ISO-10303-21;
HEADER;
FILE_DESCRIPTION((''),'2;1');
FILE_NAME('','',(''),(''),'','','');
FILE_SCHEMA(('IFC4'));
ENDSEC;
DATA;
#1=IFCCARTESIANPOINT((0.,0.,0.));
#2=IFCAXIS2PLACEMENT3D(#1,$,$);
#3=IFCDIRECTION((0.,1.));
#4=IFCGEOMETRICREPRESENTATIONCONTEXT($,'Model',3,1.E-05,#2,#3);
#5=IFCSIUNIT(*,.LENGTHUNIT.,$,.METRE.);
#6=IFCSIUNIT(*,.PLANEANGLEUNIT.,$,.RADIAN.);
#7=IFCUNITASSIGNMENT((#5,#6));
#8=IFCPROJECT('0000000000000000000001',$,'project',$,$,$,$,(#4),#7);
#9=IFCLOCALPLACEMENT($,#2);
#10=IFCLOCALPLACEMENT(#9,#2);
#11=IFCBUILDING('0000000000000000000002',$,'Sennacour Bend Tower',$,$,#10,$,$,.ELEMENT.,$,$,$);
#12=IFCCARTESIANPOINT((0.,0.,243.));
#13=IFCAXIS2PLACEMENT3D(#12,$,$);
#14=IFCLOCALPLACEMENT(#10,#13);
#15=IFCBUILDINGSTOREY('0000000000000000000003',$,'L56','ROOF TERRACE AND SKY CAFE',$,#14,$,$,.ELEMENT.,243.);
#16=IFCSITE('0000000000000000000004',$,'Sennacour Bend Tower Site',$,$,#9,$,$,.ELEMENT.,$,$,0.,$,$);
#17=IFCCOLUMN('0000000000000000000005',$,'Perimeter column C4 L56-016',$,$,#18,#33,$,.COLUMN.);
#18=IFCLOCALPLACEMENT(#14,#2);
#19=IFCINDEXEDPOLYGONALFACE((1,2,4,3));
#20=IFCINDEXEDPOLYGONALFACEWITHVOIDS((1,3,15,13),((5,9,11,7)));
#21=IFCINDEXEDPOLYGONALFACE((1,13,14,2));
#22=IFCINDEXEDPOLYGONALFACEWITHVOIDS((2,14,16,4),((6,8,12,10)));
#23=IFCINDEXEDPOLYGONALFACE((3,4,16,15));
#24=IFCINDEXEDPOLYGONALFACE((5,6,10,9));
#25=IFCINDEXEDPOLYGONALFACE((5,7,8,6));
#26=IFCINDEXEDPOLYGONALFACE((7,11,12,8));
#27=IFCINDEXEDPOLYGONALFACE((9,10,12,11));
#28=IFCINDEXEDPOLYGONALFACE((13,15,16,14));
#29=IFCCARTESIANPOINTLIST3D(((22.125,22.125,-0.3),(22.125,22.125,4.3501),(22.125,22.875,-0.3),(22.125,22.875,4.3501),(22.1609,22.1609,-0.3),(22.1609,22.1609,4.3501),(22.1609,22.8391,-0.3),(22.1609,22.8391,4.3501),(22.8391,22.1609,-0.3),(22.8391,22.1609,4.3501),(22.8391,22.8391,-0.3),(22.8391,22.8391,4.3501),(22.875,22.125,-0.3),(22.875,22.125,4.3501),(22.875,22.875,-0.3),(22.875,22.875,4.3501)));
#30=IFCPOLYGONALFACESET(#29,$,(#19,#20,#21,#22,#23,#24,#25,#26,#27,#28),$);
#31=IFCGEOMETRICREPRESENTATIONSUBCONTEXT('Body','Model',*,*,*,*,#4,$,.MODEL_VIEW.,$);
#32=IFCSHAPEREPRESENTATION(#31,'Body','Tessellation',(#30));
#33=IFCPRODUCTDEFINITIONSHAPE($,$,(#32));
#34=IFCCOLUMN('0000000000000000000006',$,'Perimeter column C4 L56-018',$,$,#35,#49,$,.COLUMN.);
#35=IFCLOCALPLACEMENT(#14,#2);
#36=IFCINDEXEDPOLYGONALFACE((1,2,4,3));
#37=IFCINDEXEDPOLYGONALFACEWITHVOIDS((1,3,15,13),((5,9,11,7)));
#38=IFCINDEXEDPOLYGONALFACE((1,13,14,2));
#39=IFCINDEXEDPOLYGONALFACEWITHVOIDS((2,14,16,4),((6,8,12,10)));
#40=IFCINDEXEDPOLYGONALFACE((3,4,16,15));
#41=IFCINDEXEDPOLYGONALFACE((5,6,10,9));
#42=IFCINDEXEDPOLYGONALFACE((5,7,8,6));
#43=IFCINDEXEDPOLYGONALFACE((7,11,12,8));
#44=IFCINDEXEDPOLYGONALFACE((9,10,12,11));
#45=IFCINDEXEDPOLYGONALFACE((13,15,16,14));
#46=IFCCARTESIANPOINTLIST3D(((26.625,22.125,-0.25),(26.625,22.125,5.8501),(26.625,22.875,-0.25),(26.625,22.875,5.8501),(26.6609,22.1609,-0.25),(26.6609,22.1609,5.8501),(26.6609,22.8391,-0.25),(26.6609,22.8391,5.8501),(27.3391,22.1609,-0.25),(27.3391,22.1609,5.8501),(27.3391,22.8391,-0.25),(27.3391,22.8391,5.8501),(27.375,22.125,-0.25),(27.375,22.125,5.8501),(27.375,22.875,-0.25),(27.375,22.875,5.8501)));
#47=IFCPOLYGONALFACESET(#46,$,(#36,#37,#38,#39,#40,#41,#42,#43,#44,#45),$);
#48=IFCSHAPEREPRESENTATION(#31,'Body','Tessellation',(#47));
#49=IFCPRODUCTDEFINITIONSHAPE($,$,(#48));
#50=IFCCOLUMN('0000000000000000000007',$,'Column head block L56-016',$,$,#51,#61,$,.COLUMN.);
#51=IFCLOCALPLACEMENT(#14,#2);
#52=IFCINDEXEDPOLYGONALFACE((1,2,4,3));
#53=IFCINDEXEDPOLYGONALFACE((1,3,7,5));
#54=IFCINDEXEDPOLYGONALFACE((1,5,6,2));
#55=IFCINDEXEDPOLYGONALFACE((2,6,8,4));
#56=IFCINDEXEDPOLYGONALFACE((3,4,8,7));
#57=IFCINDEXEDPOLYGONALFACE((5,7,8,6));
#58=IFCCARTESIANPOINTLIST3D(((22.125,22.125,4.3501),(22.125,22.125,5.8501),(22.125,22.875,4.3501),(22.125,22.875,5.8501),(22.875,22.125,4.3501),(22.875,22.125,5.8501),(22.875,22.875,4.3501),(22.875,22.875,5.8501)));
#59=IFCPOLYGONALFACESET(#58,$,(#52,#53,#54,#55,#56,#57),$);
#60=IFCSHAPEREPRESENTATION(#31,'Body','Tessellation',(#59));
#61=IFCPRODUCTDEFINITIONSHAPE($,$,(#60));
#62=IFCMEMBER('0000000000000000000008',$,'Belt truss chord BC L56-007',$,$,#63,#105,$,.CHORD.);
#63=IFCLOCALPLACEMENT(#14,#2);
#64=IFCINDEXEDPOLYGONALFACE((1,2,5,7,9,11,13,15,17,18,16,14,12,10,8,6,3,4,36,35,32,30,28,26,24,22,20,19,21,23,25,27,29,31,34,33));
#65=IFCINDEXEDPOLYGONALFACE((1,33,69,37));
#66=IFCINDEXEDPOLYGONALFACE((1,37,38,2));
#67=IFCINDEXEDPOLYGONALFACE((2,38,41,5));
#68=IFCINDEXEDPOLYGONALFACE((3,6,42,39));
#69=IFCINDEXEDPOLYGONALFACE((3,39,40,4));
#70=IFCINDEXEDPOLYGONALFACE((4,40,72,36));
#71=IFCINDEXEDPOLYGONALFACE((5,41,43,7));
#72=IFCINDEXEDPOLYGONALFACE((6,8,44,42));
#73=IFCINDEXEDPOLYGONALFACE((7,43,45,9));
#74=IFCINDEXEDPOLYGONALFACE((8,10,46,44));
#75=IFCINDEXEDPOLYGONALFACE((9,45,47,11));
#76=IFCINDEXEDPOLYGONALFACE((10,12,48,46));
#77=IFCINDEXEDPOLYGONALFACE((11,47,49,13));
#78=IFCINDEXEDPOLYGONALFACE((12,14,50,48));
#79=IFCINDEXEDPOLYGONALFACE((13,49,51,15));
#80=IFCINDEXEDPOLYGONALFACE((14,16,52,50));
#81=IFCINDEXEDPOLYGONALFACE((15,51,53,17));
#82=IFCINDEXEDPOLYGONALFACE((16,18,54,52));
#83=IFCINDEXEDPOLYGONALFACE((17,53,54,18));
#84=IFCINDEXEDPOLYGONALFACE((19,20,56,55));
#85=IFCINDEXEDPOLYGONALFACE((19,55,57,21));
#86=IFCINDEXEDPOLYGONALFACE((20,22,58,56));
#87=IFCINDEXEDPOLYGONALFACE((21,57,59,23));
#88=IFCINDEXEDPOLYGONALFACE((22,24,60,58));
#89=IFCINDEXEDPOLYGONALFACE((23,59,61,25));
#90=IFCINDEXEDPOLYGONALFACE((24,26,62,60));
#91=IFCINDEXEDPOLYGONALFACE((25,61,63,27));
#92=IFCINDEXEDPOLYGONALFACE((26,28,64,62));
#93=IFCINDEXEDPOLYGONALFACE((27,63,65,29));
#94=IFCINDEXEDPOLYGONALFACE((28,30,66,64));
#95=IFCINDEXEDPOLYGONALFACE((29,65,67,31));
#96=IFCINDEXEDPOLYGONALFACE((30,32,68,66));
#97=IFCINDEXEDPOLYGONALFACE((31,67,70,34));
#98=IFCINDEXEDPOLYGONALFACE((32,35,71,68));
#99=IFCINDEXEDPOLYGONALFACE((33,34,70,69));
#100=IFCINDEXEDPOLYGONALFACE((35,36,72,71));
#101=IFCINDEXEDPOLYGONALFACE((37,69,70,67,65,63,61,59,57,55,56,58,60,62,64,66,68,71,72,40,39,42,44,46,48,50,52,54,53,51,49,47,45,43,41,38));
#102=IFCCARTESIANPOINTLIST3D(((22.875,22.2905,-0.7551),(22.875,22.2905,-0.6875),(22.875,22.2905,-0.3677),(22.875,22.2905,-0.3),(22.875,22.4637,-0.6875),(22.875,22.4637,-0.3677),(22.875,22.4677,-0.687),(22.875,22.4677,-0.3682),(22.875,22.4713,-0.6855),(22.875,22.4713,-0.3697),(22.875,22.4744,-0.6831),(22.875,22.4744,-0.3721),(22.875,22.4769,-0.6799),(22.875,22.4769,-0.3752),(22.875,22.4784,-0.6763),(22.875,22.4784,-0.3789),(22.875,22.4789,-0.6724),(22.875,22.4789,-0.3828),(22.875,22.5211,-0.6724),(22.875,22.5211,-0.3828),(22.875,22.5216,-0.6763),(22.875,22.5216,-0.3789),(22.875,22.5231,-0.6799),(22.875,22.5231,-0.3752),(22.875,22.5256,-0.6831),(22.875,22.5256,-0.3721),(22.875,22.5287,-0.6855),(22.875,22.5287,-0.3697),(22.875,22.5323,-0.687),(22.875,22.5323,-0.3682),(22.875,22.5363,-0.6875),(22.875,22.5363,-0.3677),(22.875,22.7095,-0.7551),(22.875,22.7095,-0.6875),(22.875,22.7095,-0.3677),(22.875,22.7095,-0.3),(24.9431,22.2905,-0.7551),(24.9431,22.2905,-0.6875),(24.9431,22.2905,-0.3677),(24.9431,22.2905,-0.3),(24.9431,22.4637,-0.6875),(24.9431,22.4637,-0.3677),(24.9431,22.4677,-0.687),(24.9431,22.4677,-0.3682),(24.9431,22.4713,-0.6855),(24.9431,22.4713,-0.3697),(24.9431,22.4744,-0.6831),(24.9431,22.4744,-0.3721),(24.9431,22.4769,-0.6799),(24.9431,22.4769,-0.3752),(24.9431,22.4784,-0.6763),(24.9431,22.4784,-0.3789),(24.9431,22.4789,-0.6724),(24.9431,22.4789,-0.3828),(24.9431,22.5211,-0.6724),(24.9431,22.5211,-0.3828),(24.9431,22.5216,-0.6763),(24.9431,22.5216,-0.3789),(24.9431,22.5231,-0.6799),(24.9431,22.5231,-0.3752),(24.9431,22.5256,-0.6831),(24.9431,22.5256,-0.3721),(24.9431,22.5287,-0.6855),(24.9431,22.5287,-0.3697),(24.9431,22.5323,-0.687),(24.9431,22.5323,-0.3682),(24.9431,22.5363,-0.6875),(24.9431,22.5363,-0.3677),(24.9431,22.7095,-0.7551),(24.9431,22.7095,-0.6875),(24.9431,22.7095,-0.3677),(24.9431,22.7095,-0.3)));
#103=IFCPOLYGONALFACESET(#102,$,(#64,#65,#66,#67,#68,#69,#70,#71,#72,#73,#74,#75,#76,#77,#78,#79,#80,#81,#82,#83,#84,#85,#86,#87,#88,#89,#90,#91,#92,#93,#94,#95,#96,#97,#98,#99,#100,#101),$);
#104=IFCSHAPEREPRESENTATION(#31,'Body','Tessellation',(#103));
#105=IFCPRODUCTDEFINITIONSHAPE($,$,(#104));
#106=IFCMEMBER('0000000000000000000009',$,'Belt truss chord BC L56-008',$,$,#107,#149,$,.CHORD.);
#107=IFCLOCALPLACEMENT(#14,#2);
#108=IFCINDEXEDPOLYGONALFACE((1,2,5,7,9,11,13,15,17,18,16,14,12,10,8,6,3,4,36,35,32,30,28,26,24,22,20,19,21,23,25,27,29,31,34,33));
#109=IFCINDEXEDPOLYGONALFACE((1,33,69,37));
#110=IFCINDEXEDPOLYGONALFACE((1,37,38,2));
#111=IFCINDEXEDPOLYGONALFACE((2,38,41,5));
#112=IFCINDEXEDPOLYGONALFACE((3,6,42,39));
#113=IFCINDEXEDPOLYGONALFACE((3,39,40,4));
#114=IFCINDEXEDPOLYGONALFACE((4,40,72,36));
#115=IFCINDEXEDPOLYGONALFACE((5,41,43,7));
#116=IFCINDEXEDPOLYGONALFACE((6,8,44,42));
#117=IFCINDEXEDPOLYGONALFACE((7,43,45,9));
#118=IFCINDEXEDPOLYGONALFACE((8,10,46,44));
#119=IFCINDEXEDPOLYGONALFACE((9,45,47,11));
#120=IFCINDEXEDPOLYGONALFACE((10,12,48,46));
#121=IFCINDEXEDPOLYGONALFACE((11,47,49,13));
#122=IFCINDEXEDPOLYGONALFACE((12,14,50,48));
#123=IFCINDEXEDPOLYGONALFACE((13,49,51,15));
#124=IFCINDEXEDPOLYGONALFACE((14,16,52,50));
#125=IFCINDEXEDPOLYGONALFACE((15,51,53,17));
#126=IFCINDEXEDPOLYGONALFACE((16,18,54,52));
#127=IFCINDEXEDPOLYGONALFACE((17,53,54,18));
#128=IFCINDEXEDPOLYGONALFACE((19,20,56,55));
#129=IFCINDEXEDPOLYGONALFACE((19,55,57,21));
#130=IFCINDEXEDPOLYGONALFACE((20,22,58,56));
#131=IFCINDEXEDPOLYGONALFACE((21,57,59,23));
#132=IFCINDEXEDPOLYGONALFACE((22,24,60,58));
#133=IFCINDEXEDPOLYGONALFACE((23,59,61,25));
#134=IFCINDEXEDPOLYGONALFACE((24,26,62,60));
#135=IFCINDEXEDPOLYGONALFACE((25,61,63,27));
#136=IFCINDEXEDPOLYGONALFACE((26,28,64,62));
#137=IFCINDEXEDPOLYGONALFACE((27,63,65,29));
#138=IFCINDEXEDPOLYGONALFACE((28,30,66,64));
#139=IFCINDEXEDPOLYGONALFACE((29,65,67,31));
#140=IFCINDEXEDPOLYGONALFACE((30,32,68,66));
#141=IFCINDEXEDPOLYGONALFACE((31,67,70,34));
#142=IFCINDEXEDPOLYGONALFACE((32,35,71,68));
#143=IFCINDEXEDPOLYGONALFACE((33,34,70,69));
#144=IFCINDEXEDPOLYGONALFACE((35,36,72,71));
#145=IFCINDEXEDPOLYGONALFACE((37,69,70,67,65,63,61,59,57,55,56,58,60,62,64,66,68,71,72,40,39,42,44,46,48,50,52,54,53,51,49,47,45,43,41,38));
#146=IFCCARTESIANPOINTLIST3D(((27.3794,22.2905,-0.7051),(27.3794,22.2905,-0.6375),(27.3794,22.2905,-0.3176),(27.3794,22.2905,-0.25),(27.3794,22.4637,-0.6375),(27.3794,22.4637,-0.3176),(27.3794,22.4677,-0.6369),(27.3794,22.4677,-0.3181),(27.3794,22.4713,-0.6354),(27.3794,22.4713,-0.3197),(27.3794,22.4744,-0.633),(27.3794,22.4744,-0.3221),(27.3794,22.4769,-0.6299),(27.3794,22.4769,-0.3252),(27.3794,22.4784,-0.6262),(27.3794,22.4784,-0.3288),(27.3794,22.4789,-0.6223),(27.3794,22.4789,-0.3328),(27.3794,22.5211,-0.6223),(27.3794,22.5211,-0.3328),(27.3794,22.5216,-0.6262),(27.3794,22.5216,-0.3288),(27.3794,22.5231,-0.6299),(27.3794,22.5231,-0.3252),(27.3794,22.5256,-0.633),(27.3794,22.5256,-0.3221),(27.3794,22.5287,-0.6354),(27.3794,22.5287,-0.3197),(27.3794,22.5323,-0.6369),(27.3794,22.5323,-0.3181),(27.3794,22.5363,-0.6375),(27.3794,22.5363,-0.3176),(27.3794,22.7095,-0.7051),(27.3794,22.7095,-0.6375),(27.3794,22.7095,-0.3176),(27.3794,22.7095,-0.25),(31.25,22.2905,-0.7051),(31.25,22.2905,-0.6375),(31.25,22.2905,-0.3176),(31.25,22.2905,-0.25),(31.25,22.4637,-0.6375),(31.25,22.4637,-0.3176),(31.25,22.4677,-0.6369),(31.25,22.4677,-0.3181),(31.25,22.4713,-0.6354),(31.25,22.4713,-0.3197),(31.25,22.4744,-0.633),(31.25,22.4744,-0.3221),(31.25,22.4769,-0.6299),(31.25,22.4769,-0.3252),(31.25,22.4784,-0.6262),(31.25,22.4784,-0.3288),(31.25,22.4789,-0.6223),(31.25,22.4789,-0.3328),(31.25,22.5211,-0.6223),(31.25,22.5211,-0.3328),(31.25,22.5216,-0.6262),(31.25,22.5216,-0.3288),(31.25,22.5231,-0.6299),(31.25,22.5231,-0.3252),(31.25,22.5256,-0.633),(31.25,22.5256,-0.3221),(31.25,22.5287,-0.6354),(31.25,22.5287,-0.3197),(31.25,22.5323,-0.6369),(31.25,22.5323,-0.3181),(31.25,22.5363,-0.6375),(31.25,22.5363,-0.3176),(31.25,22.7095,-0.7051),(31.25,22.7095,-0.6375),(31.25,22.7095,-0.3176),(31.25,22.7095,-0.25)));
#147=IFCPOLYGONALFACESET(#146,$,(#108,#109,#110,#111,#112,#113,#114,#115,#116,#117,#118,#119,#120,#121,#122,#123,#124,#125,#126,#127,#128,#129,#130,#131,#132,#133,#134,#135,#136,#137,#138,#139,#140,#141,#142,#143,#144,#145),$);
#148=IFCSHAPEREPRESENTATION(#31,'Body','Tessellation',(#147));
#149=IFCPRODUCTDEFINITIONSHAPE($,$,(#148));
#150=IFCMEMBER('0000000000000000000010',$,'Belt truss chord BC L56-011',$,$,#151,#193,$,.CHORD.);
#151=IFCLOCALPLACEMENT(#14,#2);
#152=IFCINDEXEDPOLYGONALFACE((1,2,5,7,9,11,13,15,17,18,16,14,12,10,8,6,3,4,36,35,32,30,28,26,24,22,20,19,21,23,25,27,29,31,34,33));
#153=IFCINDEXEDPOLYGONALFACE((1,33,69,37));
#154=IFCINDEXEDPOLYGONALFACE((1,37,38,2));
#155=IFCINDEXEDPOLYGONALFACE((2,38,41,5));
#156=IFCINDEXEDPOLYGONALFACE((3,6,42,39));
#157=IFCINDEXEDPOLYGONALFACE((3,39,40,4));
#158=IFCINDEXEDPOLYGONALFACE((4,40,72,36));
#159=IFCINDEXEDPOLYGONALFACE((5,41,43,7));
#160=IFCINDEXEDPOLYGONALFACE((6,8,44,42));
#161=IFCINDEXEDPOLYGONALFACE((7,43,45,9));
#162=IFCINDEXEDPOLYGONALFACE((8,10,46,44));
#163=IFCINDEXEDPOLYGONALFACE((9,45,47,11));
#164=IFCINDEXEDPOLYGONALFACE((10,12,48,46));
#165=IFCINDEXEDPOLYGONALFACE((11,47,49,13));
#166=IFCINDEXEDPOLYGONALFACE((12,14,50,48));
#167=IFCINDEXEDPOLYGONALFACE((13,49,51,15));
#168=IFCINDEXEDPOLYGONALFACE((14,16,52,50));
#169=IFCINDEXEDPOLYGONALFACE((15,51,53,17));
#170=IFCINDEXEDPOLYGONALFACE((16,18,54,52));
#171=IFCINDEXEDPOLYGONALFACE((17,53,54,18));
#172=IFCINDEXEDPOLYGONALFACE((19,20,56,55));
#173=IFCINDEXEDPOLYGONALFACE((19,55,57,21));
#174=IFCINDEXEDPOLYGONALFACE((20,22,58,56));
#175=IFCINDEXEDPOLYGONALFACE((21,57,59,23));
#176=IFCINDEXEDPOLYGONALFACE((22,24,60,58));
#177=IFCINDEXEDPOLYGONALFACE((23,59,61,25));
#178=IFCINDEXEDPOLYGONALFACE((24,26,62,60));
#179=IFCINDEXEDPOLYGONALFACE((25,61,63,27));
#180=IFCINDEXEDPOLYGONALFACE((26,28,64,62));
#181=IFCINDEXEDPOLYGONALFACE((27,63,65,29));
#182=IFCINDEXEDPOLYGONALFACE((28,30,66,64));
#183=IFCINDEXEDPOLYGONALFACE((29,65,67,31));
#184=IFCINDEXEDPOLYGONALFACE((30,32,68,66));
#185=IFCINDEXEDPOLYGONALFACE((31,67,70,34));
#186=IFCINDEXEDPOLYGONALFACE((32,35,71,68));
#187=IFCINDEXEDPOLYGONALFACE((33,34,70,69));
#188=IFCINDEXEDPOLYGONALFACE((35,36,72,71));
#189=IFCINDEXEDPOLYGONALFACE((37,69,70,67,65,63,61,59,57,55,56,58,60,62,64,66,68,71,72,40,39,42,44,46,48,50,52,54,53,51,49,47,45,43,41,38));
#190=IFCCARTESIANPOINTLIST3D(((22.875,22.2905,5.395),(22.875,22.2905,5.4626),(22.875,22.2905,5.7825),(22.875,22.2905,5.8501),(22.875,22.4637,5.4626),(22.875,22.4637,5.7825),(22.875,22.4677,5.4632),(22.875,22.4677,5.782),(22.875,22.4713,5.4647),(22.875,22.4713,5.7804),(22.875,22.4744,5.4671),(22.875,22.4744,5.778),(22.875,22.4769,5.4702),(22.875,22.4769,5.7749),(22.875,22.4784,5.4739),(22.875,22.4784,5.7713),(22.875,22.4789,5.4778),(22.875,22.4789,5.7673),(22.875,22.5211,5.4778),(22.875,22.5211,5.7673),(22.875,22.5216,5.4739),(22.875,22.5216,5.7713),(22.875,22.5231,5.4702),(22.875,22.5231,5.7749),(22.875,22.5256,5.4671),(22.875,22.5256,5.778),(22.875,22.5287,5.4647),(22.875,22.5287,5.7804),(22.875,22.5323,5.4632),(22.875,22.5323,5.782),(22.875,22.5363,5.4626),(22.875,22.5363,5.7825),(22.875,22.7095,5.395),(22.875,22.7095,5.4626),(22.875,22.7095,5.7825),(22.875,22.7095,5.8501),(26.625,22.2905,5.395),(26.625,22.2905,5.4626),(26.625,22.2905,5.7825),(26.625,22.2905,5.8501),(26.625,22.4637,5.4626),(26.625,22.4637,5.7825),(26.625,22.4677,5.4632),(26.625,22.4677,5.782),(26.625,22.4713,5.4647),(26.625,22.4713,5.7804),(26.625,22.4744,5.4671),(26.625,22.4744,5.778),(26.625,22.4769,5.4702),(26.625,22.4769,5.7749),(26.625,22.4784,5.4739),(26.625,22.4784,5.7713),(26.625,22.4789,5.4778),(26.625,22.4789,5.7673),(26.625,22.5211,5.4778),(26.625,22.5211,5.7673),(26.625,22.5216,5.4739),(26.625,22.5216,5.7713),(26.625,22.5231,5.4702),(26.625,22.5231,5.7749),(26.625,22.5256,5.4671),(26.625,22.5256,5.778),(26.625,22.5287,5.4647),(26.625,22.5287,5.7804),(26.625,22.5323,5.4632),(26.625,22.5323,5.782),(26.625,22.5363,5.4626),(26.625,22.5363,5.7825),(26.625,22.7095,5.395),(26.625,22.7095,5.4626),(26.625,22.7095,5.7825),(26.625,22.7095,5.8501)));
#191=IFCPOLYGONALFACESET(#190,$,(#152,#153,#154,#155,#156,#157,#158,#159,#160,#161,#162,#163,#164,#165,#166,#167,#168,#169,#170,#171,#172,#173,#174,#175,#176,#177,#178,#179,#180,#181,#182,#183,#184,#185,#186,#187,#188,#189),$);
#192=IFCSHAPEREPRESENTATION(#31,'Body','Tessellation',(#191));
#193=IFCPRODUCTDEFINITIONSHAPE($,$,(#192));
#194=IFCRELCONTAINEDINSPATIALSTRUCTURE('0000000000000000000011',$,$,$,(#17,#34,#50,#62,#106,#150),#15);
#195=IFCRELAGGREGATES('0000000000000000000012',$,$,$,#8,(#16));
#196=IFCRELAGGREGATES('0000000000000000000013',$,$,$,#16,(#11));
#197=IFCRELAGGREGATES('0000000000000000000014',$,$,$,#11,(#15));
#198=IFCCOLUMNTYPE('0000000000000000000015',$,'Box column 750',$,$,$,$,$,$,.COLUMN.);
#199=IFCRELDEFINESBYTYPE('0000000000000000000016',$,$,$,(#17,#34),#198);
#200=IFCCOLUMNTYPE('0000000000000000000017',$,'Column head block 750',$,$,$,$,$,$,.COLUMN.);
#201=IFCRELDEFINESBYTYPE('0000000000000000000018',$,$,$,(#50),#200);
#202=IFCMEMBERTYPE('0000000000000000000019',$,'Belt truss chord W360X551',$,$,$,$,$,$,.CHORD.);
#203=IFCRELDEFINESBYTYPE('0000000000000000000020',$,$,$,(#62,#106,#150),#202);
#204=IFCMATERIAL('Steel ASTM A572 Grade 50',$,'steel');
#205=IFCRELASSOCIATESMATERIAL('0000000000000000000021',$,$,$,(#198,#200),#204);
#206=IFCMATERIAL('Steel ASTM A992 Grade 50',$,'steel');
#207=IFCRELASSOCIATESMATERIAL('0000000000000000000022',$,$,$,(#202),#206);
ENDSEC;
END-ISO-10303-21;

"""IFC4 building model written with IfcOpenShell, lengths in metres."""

from ifc_helpers import new_model, si_unit, direction, frame, origin, origin_2d, place, context, subcontext, project, spatial, rectangle, hollow_rectangle, i_section, extrude, material, material_profile, profile_set, type_object, element, save


model = new_model("IFC4")

# Units and contexts
model_context = context("Model", 3, precision=1e-05, world=origin(), true_north=direction((0.0, 1.0)))
body_context = subcontext(model_context, "Body", "Model", "MODEL_VIEW")
ifc_project = project(units=[si_unit("LENGTHUNIT", "METRE"), si_unit("PLANEANGLEUNIT", "RADIAN")], contexts=[model_context])

# Site, building, storey
site_placement = place(None, origin())
site = spatial("IfcSite", under=ifc_project, at=site_placement, Name="Sennacour Bend Tower Site", CompositionType="ELEMENT", RefElevation=0.0)
building_placement = place(site_placement, origin())
building = spatial("IfcBuilding", under=site, at=building_placement, Name="Sennacour Bend Tower", CompositionType="ELEMENT")
storey_placement = place(building_placement, frame((0.0, 0.0, 243.0)))
storey = spatial("IfcBuildingStorey", under=building, at=storey_placement, Name="L56", Description="ROOF TERRACE AND SKY CAFE", CompositionType="ELEMENT", Elevation=243.0)

# Columns
ifc_material_1 = material(Name="Steel ASTM A572 Grade 50", Category="steel")
ifc_material_profile_1 = material_profile(ifc_material_1, hollow_rectangle(XDim=0.75, YDim=0.75, WallThickness=0.0359, at=origin_2d()), Name="Steel ASTM A572 Grade 50", Category="steel")
ifc_profile_set_1 = profile_set([ifc_material_profile_1], Name="Steel ASTM A572 Grade 50")
column_type_1 = type_object("IfcColumnType", Name="Box column 750", PredefinedType="COLUMN", material=ifc_profile_set_1)
column_1_placement = place(storey_placement, frame((22.5, 22.5, -0.3), z_axis=(0.0, 0.0, 1.0), x_axis=(1.0, 0.0, 0.0)))
element("IfcColumn", 1, at=column_1_placement, inside=storey, type_object=column_type_1, Name="Perimeter column C4 L56-016", PredefinedType="COLUMN", context=body_context, shape_type="SweptSolid", body=[
    extrude(hollow_rectangle(XDim=0.75, YDim=0.75, WallThickness=0.0359, at=origin_2d()), origin(), (0.0, 0.0, 1.0), 4.6501),
])
column_2_placement = place(storey_placement, frame((27.0, 22.5, -0.25), z_axis=(0.0, 0.0, 1.0), x_axis=(1.0, 0.0, 0.0)))
element("IfcColumn", 2, at=column_2_placement, inside=storey, type_object=column_type_1, Name="Perimeter column C4 L56-018", PredefinedType="COLUMN", context=body_context, shape_type="SweptSolid", body=[
    extrude(hollow_rectangle(XDim=0.75, YDim=0.75, WallThickness=0.0359, at=origin_2d()), origin(), (0.0, 0.0, 1.0), 6.1001),
])
ifc_material_profile_2 = material_profile(ifc_material_1, rectangle(XDim=0.75, YDim=0.75, at=origin_2d()), Name="Steel ASTM A572 Grade 50", Category="steel")
ifc_profile_set_2 = profile_set([ifc_material_profile_2], Name="Steel ASTM A572 Grade 50")
column_type_2 = type_object("IfcColumnType", Name="Column head block 750", PredefinedType="COLUMN", material=ifc_profile_set_2)
column_3_placement = place(storey_placement, frame((22.5, 22.5, 4.3501), z_axis=(0.0, 0.0, 1.0), x_axis=(1.0, 0.0, 0.0)))
element("IfcColumn", 3, at=column_3_placement, inside=storey, type_object=column_type_2, Name="Column head block L56-016", PredefinedType="COLUMN", context=body_context, shape_type="SweptSolid", body=[
    extrude(rectangle(XDim=0.75, YDim=0.75, at=origin_2d()), origin(), (0.0, 0.0, 1.0), 1.5),
])

# Members
ifc_material_2 = material(Name="Steel ASTM A992 Grade 50", Category="steel")
ifc_material_profile_3 = material_profile(ifc_material_2, i_section(OverallWidth=0.4189, OverallDepth=0.4551, WebThickness=0.0422, FlangeThickness=0.0676, FilletRadius=0.0151, at=origin_2d()), Name="Steel ASTM A992 Grade 50", Category="steel")
ifc_profile_set_3 = profile_set([ifc_material_profile_3], Name="Steel ASTM A992 Grade 50")
member_type_1 = type_object("IfcMemberType", Name="Belt truss chord W360X551", PredefinedType="CHORD", material=ifc_profile_set_3)
member_1_placement = place(storey_placement, frame((22.875, 22.5, -0.5276), z_axis=(1.0, 0.0, 0.0), x_axis=(0.0, 1.0, 0.0)))
element("IfcMember", 4, at=member_1_placement, inside=storey, type_object=member_type_1, Name="Belt truss chord BC L56-007", PredefinedType="CHORD", context=body_context, shape_type="SweptSolid", body=[
    extrude(i_section(OverallWidth=0.4189, OverallDepth=0.4551, WebThickness=0.0422, FlangeThickness=0.0676, FilletRadius=0.0151, at=origin_2d()), origin(), (0.0, 0.0, 1.0), 2.0681),
])
member_2_placement = place(storey_placement, frame((27.3794, 22.5, -0.4775), z_axis=(1.0, 0.0, 0.0), x_axis=(0.0, 1.0, 0.0)))
element("IfcMember", 5, at=member_2_placement, inside=storey, type_object=member_type_1, Name="Belt truss chord BC L56-008", PredefinedType="CHORD", context=body_context, shape_type="SweptSolid", body=[
    extrude(i_section(OverallWidth=0.4189, OverallDepth=0.4551, WebThickness=0.0422, FlangeThickness=0.0676, FilletRadius=0.0151, at=origin_2d()), origin(), (0.0, 0.0, 1.0), 3.8706),
])
for number, where, z_axis, x_axis, name in (
    (6, (22.875, 22.5, 5.6226), (1.0, 0.0, 0.0), (0.0, 1.0, 0.0), "Belt truss chord BC L56-011"),
):
    element("IfcMember", number, at=place(storey_placement, frame(where, z_axis=z_axis, x_axis=x_axis)), inside=storey, type_object=member_type_1, Name=name, PredefinedType="CHORD", context=body_context, shape_type="SweptSolid", body=[
        extrude(i_section(OverallWidth=0.4189, OverallDepth=0.4551, WebThickness=0.0422, FlangeThickness=0.0676, FilletRadius=0.0151, at=origin_2d()), origin(), (0.0, 0.0, 1.0), 3.75),
    ])

save(model, "model.ifc")
